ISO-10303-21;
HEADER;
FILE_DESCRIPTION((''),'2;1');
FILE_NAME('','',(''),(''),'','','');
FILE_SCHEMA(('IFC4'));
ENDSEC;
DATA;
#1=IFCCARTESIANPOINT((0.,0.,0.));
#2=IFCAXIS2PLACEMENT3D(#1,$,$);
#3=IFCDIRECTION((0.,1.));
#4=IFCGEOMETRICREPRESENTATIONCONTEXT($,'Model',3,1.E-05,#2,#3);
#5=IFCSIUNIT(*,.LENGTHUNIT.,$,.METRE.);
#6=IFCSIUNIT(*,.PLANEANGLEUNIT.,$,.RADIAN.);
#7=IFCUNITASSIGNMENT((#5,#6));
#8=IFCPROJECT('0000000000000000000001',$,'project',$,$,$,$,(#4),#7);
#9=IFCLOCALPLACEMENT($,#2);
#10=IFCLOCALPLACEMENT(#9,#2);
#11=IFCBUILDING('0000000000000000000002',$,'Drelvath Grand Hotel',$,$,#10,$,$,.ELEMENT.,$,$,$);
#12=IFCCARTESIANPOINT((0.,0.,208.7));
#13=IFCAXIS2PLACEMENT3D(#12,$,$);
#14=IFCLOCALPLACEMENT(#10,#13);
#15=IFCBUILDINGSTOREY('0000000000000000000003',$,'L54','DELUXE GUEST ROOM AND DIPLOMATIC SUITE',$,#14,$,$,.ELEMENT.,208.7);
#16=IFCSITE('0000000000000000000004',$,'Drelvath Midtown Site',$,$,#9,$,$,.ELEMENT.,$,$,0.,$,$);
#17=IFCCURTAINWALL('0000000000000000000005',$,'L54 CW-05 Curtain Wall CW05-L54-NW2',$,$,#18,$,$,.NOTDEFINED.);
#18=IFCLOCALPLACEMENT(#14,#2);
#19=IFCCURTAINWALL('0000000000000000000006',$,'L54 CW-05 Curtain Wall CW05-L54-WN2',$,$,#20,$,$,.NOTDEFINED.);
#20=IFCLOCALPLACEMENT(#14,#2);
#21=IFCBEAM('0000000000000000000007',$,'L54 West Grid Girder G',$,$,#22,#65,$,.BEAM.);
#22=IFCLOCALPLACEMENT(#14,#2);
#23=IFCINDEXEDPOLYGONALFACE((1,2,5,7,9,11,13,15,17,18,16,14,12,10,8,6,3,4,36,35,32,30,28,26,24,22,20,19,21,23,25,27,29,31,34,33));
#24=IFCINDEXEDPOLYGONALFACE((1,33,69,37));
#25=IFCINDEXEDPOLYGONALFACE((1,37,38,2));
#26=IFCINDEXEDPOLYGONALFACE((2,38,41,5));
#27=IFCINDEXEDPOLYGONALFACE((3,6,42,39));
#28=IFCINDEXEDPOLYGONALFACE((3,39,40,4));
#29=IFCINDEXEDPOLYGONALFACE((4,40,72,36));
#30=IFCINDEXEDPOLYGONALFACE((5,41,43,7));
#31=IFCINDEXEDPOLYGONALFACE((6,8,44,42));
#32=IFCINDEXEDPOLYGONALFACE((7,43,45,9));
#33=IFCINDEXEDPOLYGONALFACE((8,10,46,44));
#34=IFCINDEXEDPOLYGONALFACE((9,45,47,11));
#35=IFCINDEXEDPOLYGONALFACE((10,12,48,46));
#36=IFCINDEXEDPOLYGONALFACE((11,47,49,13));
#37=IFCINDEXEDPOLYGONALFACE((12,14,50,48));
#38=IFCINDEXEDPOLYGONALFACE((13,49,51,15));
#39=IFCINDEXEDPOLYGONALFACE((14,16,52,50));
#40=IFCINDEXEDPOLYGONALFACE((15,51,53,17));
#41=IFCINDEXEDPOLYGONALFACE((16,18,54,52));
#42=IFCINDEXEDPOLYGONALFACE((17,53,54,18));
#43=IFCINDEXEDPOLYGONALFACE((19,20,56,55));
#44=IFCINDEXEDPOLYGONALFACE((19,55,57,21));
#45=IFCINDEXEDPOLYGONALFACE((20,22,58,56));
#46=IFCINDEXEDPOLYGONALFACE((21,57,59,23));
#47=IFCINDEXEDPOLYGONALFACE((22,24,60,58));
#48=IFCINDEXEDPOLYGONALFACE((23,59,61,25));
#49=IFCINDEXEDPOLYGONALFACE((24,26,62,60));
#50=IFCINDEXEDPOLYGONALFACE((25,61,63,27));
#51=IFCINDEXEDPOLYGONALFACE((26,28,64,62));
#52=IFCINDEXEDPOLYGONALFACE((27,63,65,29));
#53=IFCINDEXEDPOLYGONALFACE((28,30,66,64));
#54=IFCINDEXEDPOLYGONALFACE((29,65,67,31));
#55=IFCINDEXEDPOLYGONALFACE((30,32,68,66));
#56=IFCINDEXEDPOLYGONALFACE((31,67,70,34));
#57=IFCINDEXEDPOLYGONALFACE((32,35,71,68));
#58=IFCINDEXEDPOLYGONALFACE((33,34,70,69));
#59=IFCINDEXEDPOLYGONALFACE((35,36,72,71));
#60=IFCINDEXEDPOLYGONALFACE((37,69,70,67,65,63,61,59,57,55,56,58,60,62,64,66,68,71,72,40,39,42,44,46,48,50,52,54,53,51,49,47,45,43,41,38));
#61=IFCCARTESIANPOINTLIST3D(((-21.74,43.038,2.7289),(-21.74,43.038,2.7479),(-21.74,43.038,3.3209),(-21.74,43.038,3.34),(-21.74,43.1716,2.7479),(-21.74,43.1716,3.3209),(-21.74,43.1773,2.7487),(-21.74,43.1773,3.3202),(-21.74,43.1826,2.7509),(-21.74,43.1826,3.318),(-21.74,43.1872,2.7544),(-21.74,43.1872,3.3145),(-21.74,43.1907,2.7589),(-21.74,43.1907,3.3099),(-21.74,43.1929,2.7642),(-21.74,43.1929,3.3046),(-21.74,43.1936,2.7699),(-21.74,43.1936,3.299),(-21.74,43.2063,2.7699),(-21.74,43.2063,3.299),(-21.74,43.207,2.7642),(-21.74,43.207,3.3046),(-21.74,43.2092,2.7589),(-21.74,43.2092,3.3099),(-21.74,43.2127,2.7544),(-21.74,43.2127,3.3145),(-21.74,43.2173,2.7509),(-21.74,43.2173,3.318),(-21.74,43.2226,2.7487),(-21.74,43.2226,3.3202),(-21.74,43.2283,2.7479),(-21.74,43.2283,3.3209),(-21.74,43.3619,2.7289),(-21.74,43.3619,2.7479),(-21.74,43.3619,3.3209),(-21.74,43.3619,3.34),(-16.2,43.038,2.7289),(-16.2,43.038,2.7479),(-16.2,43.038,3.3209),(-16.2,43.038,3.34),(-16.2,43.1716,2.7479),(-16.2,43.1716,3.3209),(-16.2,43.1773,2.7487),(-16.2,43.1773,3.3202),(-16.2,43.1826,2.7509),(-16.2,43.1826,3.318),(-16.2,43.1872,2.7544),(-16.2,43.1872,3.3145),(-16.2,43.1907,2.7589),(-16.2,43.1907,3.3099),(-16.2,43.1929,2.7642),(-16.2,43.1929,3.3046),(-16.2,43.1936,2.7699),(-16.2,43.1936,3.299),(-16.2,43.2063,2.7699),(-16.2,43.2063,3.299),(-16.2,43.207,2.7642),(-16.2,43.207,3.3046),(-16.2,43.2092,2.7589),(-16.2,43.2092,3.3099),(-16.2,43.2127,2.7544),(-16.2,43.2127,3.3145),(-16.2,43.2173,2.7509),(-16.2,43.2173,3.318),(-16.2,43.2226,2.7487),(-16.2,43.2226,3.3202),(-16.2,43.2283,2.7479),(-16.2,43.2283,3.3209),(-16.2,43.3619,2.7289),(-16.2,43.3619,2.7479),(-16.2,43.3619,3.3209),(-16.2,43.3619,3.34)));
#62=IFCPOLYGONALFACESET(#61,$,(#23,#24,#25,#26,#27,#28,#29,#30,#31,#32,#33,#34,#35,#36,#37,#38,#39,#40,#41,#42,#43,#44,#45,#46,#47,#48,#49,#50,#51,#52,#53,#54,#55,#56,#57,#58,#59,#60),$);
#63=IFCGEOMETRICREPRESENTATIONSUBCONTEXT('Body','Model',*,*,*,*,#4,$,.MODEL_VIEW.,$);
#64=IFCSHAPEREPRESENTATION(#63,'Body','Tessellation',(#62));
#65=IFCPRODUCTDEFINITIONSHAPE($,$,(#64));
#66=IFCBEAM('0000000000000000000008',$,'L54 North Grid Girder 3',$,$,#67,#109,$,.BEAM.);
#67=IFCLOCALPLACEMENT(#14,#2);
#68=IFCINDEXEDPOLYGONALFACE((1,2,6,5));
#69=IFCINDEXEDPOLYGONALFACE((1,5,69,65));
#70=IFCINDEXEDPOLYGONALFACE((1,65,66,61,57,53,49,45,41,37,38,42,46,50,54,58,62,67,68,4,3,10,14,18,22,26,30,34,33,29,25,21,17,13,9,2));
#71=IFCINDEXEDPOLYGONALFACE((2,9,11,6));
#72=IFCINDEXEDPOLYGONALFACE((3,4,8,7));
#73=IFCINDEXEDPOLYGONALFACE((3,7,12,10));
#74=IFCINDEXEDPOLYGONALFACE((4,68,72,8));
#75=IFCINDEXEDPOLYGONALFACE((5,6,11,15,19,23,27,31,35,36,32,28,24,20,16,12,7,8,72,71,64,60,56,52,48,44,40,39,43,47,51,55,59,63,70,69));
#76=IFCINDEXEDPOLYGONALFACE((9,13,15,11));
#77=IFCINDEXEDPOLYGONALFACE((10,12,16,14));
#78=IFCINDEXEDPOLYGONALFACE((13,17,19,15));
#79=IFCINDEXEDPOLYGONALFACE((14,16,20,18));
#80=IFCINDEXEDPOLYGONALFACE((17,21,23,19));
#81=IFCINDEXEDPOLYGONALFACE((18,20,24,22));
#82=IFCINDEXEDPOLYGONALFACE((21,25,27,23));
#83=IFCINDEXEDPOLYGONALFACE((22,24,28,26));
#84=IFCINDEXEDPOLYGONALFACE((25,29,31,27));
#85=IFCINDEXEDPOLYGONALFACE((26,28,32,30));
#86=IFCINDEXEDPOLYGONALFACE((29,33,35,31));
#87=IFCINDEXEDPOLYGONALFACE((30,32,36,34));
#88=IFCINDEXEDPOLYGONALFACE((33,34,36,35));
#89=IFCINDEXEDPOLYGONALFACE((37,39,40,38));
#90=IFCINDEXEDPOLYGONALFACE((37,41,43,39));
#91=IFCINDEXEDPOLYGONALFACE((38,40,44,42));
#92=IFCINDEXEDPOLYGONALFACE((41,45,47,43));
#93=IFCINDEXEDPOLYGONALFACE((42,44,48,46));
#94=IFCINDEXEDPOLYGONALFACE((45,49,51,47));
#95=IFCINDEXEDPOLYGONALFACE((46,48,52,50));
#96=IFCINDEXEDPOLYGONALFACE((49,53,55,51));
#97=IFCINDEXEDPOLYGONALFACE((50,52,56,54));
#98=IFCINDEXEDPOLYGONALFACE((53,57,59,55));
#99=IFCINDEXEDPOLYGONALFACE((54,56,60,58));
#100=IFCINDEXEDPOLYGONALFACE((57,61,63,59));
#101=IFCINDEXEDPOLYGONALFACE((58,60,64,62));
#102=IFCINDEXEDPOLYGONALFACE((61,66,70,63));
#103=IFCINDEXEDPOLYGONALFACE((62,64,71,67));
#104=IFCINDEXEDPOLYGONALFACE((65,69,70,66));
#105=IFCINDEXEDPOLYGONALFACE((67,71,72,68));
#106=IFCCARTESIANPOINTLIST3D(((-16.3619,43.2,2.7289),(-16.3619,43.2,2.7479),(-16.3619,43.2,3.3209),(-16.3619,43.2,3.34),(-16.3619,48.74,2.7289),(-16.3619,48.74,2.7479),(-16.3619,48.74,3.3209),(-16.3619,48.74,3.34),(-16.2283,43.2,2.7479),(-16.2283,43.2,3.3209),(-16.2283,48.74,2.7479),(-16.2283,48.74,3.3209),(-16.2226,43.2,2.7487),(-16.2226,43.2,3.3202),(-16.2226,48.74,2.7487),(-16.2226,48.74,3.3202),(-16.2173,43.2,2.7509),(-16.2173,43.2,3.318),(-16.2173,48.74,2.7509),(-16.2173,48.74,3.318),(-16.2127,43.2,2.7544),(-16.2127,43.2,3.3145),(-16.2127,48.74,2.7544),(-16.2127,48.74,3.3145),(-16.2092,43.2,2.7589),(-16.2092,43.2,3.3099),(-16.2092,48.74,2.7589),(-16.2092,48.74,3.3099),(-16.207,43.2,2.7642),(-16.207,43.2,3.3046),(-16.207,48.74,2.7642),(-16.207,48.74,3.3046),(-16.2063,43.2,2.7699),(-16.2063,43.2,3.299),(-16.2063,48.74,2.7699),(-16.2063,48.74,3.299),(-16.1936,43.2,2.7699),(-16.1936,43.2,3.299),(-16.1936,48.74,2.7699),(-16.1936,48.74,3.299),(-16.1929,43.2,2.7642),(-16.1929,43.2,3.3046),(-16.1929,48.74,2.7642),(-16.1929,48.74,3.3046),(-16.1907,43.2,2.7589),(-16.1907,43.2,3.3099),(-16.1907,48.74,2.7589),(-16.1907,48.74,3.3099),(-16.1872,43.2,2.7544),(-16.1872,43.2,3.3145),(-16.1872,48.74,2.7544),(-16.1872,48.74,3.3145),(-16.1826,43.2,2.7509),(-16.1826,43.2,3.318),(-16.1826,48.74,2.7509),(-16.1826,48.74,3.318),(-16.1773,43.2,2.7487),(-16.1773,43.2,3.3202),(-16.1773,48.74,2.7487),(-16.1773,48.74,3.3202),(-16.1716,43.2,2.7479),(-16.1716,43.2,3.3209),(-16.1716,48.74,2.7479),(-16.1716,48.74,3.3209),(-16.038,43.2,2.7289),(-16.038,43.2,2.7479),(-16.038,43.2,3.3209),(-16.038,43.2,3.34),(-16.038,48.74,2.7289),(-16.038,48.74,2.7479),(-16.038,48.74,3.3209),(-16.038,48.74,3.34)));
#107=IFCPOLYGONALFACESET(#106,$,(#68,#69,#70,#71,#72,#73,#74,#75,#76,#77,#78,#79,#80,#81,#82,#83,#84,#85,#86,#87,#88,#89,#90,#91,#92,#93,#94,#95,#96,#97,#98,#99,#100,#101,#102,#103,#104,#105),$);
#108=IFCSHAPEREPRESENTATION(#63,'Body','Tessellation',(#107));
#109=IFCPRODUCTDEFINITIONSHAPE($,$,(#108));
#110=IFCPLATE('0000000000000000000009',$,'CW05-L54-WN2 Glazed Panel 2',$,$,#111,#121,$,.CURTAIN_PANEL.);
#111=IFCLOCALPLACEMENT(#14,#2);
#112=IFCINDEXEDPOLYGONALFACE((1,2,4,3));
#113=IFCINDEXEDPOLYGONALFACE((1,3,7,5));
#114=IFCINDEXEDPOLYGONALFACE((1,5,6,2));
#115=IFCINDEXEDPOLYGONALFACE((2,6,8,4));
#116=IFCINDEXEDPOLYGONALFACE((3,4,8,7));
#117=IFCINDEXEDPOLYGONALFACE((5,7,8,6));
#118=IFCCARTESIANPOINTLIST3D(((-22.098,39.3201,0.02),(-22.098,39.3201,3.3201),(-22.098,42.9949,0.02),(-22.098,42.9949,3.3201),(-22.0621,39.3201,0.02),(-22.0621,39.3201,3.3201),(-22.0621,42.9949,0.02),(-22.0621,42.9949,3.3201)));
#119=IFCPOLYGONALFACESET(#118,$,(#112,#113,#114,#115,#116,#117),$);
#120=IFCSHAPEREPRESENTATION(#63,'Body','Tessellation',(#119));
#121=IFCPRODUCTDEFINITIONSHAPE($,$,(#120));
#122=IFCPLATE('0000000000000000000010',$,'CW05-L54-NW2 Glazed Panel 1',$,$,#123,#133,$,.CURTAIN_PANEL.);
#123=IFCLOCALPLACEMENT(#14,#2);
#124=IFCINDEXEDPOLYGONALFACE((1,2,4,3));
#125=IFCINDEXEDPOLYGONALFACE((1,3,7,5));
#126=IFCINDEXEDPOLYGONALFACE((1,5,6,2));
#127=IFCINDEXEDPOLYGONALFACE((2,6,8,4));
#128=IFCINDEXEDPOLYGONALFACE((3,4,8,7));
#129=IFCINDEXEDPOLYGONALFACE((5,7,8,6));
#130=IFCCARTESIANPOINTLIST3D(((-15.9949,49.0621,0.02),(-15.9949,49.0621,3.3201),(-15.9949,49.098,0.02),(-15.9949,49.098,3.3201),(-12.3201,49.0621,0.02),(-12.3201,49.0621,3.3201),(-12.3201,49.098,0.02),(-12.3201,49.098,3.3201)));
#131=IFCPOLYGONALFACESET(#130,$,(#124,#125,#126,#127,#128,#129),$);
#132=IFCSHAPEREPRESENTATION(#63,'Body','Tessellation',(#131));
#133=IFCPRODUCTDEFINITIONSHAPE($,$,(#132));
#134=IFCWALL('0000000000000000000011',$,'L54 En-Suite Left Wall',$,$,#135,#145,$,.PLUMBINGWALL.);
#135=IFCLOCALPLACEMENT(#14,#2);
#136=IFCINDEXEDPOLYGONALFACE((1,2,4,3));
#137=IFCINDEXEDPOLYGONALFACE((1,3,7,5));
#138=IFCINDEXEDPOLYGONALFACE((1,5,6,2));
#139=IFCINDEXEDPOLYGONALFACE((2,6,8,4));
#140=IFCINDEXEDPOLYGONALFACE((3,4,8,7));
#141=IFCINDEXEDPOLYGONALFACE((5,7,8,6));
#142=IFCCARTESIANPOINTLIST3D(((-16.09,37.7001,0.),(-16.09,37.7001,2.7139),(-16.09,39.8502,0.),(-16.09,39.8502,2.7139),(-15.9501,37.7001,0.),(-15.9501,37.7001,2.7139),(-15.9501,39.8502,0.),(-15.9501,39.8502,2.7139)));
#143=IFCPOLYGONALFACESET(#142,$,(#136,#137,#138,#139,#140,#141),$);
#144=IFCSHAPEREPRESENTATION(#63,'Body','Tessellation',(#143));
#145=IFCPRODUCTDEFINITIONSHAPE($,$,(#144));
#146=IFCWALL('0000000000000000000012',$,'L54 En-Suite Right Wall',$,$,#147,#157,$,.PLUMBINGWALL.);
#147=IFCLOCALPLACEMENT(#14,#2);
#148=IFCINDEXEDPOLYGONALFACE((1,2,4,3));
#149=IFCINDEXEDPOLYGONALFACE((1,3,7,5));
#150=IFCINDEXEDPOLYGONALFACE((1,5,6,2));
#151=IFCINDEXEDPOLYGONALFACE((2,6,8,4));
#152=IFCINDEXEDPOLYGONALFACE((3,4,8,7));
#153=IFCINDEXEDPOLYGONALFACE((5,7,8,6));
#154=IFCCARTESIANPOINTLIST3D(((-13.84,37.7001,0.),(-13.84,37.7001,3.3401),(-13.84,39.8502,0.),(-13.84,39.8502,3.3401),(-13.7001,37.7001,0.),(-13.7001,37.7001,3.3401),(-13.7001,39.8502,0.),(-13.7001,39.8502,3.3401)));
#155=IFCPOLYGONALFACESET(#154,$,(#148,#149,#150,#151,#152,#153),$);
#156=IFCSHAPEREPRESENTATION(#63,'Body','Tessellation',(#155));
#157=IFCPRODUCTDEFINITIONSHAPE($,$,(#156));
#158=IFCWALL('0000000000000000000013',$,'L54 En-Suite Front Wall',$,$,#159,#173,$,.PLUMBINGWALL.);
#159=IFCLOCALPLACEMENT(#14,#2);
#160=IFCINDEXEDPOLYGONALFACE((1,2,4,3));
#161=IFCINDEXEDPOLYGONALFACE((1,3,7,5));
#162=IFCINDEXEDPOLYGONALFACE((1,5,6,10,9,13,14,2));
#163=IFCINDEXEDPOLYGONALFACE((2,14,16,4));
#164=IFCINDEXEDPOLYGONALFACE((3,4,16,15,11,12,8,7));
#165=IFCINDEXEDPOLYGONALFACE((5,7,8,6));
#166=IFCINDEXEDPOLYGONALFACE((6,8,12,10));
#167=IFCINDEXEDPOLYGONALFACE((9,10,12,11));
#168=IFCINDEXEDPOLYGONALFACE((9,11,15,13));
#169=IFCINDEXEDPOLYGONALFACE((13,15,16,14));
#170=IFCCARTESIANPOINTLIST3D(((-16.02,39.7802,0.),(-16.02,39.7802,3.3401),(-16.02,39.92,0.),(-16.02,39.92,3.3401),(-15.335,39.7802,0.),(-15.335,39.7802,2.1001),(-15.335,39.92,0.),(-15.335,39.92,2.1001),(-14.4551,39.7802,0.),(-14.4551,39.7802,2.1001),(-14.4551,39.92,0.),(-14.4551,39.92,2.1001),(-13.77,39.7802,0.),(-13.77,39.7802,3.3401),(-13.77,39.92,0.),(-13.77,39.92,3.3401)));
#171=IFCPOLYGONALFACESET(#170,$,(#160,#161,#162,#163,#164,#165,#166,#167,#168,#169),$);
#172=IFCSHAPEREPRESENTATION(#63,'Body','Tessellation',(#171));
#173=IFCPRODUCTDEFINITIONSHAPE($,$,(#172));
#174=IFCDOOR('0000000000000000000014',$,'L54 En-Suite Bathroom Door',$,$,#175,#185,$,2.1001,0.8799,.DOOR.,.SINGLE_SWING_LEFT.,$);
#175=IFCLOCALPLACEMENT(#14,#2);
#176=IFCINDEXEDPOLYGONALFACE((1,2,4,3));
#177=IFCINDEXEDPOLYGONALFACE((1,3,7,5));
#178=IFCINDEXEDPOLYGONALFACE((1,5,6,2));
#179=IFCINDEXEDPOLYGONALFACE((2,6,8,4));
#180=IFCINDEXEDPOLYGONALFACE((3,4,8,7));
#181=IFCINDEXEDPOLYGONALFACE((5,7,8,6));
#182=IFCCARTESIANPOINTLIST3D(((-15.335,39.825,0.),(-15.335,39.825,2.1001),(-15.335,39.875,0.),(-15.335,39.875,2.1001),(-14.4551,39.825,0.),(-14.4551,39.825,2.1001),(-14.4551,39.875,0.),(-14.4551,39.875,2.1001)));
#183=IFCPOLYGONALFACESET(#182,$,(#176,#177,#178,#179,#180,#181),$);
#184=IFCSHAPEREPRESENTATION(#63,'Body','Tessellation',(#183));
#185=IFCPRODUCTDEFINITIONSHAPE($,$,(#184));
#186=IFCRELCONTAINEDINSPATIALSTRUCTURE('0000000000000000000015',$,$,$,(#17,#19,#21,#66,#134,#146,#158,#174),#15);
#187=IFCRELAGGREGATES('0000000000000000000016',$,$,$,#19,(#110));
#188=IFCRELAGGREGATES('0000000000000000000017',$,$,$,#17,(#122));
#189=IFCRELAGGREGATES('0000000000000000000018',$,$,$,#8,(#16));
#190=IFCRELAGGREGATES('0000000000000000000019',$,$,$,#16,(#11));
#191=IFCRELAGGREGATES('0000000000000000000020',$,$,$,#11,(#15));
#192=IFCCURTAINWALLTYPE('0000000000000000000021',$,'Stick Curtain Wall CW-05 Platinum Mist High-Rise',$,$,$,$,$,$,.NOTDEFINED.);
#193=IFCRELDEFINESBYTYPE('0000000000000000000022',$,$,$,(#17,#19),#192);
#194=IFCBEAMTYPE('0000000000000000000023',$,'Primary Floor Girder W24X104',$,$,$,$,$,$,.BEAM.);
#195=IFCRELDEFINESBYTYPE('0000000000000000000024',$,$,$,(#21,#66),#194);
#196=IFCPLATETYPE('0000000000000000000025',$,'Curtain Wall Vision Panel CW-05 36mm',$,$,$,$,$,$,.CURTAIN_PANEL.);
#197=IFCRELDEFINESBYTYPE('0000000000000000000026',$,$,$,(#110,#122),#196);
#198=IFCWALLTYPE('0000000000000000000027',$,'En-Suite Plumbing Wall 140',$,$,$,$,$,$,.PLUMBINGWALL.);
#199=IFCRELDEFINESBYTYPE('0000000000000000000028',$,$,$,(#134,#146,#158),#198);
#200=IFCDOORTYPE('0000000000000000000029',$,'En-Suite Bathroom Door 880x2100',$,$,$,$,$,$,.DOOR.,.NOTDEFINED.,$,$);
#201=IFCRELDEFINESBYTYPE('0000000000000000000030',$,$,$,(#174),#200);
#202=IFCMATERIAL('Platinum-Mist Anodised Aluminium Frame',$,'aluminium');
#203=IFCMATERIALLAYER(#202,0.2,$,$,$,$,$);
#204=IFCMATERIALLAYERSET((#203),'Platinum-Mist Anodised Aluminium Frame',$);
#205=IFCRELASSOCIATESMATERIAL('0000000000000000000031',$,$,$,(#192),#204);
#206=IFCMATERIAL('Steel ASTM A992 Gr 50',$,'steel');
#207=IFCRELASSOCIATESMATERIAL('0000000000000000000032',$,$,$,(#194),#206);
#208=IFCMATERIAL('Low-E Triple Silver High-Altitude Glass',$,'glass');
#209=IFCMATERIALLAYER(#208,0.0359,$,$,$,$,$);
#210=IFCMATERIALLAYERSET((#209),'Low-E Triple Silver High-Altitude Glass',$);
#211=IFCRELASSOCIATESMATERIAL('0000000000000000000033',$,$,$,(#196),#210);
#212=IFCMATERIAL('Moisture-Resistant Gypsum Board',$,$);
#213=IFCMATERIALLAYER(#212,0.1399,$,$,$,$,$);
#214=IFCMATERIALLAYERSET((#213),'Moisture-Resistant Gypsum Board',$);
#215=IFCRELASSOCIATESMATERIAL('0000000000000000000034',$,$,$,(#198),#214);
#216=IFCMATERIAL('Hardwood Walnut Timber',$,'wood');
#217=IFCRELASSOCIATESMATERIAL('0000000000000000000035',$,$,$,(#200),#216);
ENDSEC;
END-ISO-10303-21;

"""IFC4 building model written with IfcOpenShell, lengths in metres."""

from ifc_helpers import new_model, si_unit, direction, frame, frame_2d, origin, origin_2d, place, context, subcontext, project, spatial, rectangle, i_section, extrude, material, layer, layer_set, material_profile, profile_set, type_object, element, fill, aggregate, save


model = new_model("IFC4")

# Units and contexts
model_context = context("Model", 3, precision=1e-05, world=origin(), true_north=direction((0.0, 1.0)))
body_context = subcontext(model_context, "Body", "Model", "MODEL_VIEW")
ifc_project = project(units=[si_unit("LENGTHUNIT", "METRE"), si_unit("PLANEANGLEUNIT", "RADIAN")], contexts=[model_context])

# Site, building, storey
site_placement = place(None, origin())
site = spatial("IfcSite", under=ifc_project, at=site_placement, Name="Drelvath Midtown Site", CompositionType="ELEMENT", RefElevation=0.0)
building_placement = place(site_placement, origin())
building = spatial("IfcBuilding", under=site, at=building_placement, Name="Drelvath Grand Hotel", CompositionType="ELEMENT")
storey_placement = place(building_placement, frame((0.0, 0.0, 208.7)))
storey = spatial("IfcBuildingStorey", under=building, at=storey_placement, Name="L54", Description="DELUXE GUEST ROOM AND DIPLOMATIC SUITE", CompositionType="ELEMENT", Elevation=208.7)

# Shared definitions
ifc_material_1 = material(Name="Steel ASTM A992 Gr 50", Category="steel")

# Curtain wall
ifc_material_2 = material(Name="Platinum-Mist Anodised Aluminium Frame", Category="aluminium")
ifc_layer_1 = layer(ifc_material_2, 0.2)
ifc_layer_set_1 = layer_set([ifc_layer_1], Name="Platinum-Mist Anodised Aluminium Frame")
curtain_wall_type = type_object("IfcCurtainWallType", Name="Stick Curtain Wall CW-05 Platinum Mist High-Rise", PredefinedType="NOTDEFINED", material=ifc_layer_set_1)
curtain_wall_1_placement = place(storey_placement, origin())
curtain_wall_1 = element("IfcCurtainWall", 1, at=curtain_wall_1_placement, inside=storey, type_object=curtain_wall_type, Name="L54 CW-05 Curtain Wall CW05-L54-NW2", PredefinedType="NOTDEFINED")

# Curtain wall
curtain_wall_2_placement = place(storey_placement, origin())
curtain_wall_2 = element("IfcCurtainWall", 2, at=curtain_wall_2_placement, inside=storey, type_object=curtain_wall_type, Name="L54 CW-05 Curtain Wall CW05-L54-WN2", PredefinedType="NOTDEFINED")

# Beams
ifc_material_profile_1 = material_profile(ifc_material_1, i_section(OverallWidth=0.324, OverallDepth=0.6111, WebThickness=0.0127, FlangeThickness=0.019, FilletRadius=0.022, at=origin_2d()), Name="W24X104")
ifc_profile_set_1 = profile_set([ifc_material_profile_1], Name="Steel ASTM A992 Gr 50")
beam_type_1 = type_object("IfcBeamType", Name="Primary Floor Girder W24X104", PredefinedType="BEAM", material=ifc_profile_set_1)
for number, where, z_axis, x_axis, name in (
    (3, (-21.74, 43.2, 3.0344), (1.0, 0.0, 0.0), (0.0, 1.0, 0.0), "L54 West Grid Girder G"),
    (4, (-16.2, 43.2, 3.0344), (0.0, 1.0, 0.0), (-1.0, 0.0, 0.0), "L54 North Grid Girder 3"),
):
    element("IfcBeam", number, at=place(storey_placement, frame(where, z_axis=z_axis, x_axis=x_axis)), inside=storey, type_object=beam_type_1, Name=name, PredefinedType="BEAM", context=body_context, shape_type="SweptSolid", body=[
        extrude(i_section(OverallWidth=0.324, OverallDepth=0.6111, WebThickness=0.0127, FlangeThickness=0.019, FilletRadius=0.022, at=origin_2d()), origin(), (0.0, 0.0, 1.0), 5.54),
    ])

# Plates
ifc_material_3 = material(Name="Low-E Triple Silver High-Altitude Glass", Category="glass")
ifc_layer_2 = layer(ifc_material_3, 0.0359)
ifc_layer_set_2 = layer_set([ifc_layer_2], Name="Low-E Triple Silver High-Altitude Glass")
plate_type = type_object("IfcPlateType", Name="Curtain Wall Vision Panel CW-05 36mm", PredefinedType="CURTAIN_PANEL", material=ifc_layer_set_2)
plate_1_placement = place(storey_placement, frame((-22.0801, 41.1575, 0.02), z_axis=(0.0, 0.0, 1.0), x_axis=(0.0, 1.0, 0.0)))
plate_1 = element("IfcPlate", 5, at=plate_1_placement, type_object=plate_type, Name="CW05-L54-WN2 Glazed Panel 2", PredefinedType="CURTAIN_PANEL", context=body_context, shape_type="SweptSolid", body=[
    extrude(rectangle(XDim=3.6748, YDim=0.0359, at=origin_2d()), origin(), (0.0, 0.0, 1.0), 3.3),
])
aggregate(curtain_wall_2, [plate_1])
plate_2_placement = place(storey_placement, frame((-14.1575, 49.0801, 0.02), z_axis=(0.0, 0.0, 1.0), x_axis=(1.0, 0.0, 0.0)))
plate_2 = element("IfcPlate", 6, at=plate_2_placement, type_object=plate_type, Name="CW05-L54-NW2 Glazed Panel 1", PredefinedType="CURTAIN_PANEL", context=body_context, shape_type="SweptSolid", body=[
    extrude(rectangle(XDim=3.6748, YDim=0.0359, at=origin_2d()), origin(), (0.0, 0.0, 1.0), 3.3),
])
aggregate(curtain_wall_1, [plate_2])

# Walls
ifc_material_4 = material(Name="Moisture-Resistant Gypsum Board")
ifc_layer_3 = layer(ifc_material_4, 0.1399)
ifc_layer_set_3 = layer_set([ifc_layer_3], Name="Moisture-Resistant Gypsum Board")
wall_type_1 = type_object("IfcWallType", Name="En-Suite Plumbing Wall 140", PredefinedType="PLUMBINGWALL", material=ifc_layer_set_3)
wall_1_placement = place(storey_placement, frame((-16.02, 37.7, 0.0), z_axis=(0.0, 0.0, 1.0), x_axis=(0.0, 1.0, 0.0)))
element("IfcWall", 7, at=wall_1_placement, inside=storey, type_object=wall_type_1, Name="L54 En-Suite Left Wall", PredefinedType="PLUMBINGWALL", context=body_context, shape_type="SweptSolid", body=[
    extrude(rectangle(XDim=2.1501, YDim=0.1399, at=frame_2d((1.0752, 0.0))), origin(), (0.0, 0.0, 1.0), 2.7139),
])
wall_2_placement = place(storey_placement, frame((-13.77, 37.7, 0.0), z_axis=(0.0, 0.0, 1.0), x_axis=(0.0, 1.0, 0.0)))
element("IfcWall", 8, at=wall_2_placement, inside=storey, type_object=wall_type_1, Name="L54 En-Suite Right Wall", PredefinedType="PLUMBINGWALL", context=body_context, shape_type="SweptSolid", body=[
    extrude(rectangle(XDim=2.1501, YDim=0.1399, at=frame_2d((1.0752, 0.0))), origin(), (0.0, 0.0, 1.0), 3.3401),
])

# Wall, opening, door
wall_3_placement = place(storey_placement, frame((-16.02, 39.8501, 0.0), z_axis=(0.0, 0.0, 1.0), x_axis=(1.0, 0.0, 0.0)))
wall_3 = element("IfcWall", 9, at=wall_3_placement, inside=storey, type_object=wall_type_1, Name="L54 En-Suite Front Wall", PredefinedType="PLUMBINGWALL", context=body_context, shape_type="SweptSolid", body=[
    extrude(rectangle(XDim=2.25, YDim=0.1399, at=frame_2d((1.125, 0.0))), origin(), (0.0, 0.0, 1.0), 3.3401),
])
opening_placement = place(wall_3_placement, frame((0.6851, 0.0, 0.0)))
opening = element("IfcOpeningElement", 10, at=opening_placement, cuts=wall_3, PredefinedType="OPENING", context=body_context, shape_type="SweptSolid", body=[
    extrude(rectangle(XDim=0.8799, YDim=2.1001, at=frame_2d((0.4399, 1.05))), frame((0.0, 0.0798, 0.0), z_axis=(0.0, -1.0, 0.0), x_axis=(1.0, 0.0, 0.0)), (0.0, 0.0, 1.0), 0.1599),
])
ifc_material_5 = material(Name="Hardwood Walnut Timber", Category="wood")
door_type = type_object("IfcDoorType", Name="En-Suite Bathroom Door 880x2100", OperationType="NOTDEFINED", PredefinedType="DOOR", material=ifc_material_5)
door_placement = place(opening_placement, origin())
door = element("IfcDoor", 11, at=door_placement, inside=storey, type_object=door_type, Name="L54 En-Suite Bathroom Door", OperationType="SINGLE_SWING_LEFT", OverallHeight=2.1001, OverallWidth=0.8799, PredefinedType="DOOR", context=body_context, shape_type="SweptSolid", body=[
    extrude(rectangle(XDim=0.8799, YDim=2.1001, at=frame_2d((0.4399, 1.05))), frame((0.0, 0.0249, 0.0), z_axis=(0.0, -1.0, 0.0), x_axis=(1.0, 0.0, 0.0)), (0.0, 0.0, 1.0), 0.05),
])
fill(opening, door)

save(model, "model.ifc")
